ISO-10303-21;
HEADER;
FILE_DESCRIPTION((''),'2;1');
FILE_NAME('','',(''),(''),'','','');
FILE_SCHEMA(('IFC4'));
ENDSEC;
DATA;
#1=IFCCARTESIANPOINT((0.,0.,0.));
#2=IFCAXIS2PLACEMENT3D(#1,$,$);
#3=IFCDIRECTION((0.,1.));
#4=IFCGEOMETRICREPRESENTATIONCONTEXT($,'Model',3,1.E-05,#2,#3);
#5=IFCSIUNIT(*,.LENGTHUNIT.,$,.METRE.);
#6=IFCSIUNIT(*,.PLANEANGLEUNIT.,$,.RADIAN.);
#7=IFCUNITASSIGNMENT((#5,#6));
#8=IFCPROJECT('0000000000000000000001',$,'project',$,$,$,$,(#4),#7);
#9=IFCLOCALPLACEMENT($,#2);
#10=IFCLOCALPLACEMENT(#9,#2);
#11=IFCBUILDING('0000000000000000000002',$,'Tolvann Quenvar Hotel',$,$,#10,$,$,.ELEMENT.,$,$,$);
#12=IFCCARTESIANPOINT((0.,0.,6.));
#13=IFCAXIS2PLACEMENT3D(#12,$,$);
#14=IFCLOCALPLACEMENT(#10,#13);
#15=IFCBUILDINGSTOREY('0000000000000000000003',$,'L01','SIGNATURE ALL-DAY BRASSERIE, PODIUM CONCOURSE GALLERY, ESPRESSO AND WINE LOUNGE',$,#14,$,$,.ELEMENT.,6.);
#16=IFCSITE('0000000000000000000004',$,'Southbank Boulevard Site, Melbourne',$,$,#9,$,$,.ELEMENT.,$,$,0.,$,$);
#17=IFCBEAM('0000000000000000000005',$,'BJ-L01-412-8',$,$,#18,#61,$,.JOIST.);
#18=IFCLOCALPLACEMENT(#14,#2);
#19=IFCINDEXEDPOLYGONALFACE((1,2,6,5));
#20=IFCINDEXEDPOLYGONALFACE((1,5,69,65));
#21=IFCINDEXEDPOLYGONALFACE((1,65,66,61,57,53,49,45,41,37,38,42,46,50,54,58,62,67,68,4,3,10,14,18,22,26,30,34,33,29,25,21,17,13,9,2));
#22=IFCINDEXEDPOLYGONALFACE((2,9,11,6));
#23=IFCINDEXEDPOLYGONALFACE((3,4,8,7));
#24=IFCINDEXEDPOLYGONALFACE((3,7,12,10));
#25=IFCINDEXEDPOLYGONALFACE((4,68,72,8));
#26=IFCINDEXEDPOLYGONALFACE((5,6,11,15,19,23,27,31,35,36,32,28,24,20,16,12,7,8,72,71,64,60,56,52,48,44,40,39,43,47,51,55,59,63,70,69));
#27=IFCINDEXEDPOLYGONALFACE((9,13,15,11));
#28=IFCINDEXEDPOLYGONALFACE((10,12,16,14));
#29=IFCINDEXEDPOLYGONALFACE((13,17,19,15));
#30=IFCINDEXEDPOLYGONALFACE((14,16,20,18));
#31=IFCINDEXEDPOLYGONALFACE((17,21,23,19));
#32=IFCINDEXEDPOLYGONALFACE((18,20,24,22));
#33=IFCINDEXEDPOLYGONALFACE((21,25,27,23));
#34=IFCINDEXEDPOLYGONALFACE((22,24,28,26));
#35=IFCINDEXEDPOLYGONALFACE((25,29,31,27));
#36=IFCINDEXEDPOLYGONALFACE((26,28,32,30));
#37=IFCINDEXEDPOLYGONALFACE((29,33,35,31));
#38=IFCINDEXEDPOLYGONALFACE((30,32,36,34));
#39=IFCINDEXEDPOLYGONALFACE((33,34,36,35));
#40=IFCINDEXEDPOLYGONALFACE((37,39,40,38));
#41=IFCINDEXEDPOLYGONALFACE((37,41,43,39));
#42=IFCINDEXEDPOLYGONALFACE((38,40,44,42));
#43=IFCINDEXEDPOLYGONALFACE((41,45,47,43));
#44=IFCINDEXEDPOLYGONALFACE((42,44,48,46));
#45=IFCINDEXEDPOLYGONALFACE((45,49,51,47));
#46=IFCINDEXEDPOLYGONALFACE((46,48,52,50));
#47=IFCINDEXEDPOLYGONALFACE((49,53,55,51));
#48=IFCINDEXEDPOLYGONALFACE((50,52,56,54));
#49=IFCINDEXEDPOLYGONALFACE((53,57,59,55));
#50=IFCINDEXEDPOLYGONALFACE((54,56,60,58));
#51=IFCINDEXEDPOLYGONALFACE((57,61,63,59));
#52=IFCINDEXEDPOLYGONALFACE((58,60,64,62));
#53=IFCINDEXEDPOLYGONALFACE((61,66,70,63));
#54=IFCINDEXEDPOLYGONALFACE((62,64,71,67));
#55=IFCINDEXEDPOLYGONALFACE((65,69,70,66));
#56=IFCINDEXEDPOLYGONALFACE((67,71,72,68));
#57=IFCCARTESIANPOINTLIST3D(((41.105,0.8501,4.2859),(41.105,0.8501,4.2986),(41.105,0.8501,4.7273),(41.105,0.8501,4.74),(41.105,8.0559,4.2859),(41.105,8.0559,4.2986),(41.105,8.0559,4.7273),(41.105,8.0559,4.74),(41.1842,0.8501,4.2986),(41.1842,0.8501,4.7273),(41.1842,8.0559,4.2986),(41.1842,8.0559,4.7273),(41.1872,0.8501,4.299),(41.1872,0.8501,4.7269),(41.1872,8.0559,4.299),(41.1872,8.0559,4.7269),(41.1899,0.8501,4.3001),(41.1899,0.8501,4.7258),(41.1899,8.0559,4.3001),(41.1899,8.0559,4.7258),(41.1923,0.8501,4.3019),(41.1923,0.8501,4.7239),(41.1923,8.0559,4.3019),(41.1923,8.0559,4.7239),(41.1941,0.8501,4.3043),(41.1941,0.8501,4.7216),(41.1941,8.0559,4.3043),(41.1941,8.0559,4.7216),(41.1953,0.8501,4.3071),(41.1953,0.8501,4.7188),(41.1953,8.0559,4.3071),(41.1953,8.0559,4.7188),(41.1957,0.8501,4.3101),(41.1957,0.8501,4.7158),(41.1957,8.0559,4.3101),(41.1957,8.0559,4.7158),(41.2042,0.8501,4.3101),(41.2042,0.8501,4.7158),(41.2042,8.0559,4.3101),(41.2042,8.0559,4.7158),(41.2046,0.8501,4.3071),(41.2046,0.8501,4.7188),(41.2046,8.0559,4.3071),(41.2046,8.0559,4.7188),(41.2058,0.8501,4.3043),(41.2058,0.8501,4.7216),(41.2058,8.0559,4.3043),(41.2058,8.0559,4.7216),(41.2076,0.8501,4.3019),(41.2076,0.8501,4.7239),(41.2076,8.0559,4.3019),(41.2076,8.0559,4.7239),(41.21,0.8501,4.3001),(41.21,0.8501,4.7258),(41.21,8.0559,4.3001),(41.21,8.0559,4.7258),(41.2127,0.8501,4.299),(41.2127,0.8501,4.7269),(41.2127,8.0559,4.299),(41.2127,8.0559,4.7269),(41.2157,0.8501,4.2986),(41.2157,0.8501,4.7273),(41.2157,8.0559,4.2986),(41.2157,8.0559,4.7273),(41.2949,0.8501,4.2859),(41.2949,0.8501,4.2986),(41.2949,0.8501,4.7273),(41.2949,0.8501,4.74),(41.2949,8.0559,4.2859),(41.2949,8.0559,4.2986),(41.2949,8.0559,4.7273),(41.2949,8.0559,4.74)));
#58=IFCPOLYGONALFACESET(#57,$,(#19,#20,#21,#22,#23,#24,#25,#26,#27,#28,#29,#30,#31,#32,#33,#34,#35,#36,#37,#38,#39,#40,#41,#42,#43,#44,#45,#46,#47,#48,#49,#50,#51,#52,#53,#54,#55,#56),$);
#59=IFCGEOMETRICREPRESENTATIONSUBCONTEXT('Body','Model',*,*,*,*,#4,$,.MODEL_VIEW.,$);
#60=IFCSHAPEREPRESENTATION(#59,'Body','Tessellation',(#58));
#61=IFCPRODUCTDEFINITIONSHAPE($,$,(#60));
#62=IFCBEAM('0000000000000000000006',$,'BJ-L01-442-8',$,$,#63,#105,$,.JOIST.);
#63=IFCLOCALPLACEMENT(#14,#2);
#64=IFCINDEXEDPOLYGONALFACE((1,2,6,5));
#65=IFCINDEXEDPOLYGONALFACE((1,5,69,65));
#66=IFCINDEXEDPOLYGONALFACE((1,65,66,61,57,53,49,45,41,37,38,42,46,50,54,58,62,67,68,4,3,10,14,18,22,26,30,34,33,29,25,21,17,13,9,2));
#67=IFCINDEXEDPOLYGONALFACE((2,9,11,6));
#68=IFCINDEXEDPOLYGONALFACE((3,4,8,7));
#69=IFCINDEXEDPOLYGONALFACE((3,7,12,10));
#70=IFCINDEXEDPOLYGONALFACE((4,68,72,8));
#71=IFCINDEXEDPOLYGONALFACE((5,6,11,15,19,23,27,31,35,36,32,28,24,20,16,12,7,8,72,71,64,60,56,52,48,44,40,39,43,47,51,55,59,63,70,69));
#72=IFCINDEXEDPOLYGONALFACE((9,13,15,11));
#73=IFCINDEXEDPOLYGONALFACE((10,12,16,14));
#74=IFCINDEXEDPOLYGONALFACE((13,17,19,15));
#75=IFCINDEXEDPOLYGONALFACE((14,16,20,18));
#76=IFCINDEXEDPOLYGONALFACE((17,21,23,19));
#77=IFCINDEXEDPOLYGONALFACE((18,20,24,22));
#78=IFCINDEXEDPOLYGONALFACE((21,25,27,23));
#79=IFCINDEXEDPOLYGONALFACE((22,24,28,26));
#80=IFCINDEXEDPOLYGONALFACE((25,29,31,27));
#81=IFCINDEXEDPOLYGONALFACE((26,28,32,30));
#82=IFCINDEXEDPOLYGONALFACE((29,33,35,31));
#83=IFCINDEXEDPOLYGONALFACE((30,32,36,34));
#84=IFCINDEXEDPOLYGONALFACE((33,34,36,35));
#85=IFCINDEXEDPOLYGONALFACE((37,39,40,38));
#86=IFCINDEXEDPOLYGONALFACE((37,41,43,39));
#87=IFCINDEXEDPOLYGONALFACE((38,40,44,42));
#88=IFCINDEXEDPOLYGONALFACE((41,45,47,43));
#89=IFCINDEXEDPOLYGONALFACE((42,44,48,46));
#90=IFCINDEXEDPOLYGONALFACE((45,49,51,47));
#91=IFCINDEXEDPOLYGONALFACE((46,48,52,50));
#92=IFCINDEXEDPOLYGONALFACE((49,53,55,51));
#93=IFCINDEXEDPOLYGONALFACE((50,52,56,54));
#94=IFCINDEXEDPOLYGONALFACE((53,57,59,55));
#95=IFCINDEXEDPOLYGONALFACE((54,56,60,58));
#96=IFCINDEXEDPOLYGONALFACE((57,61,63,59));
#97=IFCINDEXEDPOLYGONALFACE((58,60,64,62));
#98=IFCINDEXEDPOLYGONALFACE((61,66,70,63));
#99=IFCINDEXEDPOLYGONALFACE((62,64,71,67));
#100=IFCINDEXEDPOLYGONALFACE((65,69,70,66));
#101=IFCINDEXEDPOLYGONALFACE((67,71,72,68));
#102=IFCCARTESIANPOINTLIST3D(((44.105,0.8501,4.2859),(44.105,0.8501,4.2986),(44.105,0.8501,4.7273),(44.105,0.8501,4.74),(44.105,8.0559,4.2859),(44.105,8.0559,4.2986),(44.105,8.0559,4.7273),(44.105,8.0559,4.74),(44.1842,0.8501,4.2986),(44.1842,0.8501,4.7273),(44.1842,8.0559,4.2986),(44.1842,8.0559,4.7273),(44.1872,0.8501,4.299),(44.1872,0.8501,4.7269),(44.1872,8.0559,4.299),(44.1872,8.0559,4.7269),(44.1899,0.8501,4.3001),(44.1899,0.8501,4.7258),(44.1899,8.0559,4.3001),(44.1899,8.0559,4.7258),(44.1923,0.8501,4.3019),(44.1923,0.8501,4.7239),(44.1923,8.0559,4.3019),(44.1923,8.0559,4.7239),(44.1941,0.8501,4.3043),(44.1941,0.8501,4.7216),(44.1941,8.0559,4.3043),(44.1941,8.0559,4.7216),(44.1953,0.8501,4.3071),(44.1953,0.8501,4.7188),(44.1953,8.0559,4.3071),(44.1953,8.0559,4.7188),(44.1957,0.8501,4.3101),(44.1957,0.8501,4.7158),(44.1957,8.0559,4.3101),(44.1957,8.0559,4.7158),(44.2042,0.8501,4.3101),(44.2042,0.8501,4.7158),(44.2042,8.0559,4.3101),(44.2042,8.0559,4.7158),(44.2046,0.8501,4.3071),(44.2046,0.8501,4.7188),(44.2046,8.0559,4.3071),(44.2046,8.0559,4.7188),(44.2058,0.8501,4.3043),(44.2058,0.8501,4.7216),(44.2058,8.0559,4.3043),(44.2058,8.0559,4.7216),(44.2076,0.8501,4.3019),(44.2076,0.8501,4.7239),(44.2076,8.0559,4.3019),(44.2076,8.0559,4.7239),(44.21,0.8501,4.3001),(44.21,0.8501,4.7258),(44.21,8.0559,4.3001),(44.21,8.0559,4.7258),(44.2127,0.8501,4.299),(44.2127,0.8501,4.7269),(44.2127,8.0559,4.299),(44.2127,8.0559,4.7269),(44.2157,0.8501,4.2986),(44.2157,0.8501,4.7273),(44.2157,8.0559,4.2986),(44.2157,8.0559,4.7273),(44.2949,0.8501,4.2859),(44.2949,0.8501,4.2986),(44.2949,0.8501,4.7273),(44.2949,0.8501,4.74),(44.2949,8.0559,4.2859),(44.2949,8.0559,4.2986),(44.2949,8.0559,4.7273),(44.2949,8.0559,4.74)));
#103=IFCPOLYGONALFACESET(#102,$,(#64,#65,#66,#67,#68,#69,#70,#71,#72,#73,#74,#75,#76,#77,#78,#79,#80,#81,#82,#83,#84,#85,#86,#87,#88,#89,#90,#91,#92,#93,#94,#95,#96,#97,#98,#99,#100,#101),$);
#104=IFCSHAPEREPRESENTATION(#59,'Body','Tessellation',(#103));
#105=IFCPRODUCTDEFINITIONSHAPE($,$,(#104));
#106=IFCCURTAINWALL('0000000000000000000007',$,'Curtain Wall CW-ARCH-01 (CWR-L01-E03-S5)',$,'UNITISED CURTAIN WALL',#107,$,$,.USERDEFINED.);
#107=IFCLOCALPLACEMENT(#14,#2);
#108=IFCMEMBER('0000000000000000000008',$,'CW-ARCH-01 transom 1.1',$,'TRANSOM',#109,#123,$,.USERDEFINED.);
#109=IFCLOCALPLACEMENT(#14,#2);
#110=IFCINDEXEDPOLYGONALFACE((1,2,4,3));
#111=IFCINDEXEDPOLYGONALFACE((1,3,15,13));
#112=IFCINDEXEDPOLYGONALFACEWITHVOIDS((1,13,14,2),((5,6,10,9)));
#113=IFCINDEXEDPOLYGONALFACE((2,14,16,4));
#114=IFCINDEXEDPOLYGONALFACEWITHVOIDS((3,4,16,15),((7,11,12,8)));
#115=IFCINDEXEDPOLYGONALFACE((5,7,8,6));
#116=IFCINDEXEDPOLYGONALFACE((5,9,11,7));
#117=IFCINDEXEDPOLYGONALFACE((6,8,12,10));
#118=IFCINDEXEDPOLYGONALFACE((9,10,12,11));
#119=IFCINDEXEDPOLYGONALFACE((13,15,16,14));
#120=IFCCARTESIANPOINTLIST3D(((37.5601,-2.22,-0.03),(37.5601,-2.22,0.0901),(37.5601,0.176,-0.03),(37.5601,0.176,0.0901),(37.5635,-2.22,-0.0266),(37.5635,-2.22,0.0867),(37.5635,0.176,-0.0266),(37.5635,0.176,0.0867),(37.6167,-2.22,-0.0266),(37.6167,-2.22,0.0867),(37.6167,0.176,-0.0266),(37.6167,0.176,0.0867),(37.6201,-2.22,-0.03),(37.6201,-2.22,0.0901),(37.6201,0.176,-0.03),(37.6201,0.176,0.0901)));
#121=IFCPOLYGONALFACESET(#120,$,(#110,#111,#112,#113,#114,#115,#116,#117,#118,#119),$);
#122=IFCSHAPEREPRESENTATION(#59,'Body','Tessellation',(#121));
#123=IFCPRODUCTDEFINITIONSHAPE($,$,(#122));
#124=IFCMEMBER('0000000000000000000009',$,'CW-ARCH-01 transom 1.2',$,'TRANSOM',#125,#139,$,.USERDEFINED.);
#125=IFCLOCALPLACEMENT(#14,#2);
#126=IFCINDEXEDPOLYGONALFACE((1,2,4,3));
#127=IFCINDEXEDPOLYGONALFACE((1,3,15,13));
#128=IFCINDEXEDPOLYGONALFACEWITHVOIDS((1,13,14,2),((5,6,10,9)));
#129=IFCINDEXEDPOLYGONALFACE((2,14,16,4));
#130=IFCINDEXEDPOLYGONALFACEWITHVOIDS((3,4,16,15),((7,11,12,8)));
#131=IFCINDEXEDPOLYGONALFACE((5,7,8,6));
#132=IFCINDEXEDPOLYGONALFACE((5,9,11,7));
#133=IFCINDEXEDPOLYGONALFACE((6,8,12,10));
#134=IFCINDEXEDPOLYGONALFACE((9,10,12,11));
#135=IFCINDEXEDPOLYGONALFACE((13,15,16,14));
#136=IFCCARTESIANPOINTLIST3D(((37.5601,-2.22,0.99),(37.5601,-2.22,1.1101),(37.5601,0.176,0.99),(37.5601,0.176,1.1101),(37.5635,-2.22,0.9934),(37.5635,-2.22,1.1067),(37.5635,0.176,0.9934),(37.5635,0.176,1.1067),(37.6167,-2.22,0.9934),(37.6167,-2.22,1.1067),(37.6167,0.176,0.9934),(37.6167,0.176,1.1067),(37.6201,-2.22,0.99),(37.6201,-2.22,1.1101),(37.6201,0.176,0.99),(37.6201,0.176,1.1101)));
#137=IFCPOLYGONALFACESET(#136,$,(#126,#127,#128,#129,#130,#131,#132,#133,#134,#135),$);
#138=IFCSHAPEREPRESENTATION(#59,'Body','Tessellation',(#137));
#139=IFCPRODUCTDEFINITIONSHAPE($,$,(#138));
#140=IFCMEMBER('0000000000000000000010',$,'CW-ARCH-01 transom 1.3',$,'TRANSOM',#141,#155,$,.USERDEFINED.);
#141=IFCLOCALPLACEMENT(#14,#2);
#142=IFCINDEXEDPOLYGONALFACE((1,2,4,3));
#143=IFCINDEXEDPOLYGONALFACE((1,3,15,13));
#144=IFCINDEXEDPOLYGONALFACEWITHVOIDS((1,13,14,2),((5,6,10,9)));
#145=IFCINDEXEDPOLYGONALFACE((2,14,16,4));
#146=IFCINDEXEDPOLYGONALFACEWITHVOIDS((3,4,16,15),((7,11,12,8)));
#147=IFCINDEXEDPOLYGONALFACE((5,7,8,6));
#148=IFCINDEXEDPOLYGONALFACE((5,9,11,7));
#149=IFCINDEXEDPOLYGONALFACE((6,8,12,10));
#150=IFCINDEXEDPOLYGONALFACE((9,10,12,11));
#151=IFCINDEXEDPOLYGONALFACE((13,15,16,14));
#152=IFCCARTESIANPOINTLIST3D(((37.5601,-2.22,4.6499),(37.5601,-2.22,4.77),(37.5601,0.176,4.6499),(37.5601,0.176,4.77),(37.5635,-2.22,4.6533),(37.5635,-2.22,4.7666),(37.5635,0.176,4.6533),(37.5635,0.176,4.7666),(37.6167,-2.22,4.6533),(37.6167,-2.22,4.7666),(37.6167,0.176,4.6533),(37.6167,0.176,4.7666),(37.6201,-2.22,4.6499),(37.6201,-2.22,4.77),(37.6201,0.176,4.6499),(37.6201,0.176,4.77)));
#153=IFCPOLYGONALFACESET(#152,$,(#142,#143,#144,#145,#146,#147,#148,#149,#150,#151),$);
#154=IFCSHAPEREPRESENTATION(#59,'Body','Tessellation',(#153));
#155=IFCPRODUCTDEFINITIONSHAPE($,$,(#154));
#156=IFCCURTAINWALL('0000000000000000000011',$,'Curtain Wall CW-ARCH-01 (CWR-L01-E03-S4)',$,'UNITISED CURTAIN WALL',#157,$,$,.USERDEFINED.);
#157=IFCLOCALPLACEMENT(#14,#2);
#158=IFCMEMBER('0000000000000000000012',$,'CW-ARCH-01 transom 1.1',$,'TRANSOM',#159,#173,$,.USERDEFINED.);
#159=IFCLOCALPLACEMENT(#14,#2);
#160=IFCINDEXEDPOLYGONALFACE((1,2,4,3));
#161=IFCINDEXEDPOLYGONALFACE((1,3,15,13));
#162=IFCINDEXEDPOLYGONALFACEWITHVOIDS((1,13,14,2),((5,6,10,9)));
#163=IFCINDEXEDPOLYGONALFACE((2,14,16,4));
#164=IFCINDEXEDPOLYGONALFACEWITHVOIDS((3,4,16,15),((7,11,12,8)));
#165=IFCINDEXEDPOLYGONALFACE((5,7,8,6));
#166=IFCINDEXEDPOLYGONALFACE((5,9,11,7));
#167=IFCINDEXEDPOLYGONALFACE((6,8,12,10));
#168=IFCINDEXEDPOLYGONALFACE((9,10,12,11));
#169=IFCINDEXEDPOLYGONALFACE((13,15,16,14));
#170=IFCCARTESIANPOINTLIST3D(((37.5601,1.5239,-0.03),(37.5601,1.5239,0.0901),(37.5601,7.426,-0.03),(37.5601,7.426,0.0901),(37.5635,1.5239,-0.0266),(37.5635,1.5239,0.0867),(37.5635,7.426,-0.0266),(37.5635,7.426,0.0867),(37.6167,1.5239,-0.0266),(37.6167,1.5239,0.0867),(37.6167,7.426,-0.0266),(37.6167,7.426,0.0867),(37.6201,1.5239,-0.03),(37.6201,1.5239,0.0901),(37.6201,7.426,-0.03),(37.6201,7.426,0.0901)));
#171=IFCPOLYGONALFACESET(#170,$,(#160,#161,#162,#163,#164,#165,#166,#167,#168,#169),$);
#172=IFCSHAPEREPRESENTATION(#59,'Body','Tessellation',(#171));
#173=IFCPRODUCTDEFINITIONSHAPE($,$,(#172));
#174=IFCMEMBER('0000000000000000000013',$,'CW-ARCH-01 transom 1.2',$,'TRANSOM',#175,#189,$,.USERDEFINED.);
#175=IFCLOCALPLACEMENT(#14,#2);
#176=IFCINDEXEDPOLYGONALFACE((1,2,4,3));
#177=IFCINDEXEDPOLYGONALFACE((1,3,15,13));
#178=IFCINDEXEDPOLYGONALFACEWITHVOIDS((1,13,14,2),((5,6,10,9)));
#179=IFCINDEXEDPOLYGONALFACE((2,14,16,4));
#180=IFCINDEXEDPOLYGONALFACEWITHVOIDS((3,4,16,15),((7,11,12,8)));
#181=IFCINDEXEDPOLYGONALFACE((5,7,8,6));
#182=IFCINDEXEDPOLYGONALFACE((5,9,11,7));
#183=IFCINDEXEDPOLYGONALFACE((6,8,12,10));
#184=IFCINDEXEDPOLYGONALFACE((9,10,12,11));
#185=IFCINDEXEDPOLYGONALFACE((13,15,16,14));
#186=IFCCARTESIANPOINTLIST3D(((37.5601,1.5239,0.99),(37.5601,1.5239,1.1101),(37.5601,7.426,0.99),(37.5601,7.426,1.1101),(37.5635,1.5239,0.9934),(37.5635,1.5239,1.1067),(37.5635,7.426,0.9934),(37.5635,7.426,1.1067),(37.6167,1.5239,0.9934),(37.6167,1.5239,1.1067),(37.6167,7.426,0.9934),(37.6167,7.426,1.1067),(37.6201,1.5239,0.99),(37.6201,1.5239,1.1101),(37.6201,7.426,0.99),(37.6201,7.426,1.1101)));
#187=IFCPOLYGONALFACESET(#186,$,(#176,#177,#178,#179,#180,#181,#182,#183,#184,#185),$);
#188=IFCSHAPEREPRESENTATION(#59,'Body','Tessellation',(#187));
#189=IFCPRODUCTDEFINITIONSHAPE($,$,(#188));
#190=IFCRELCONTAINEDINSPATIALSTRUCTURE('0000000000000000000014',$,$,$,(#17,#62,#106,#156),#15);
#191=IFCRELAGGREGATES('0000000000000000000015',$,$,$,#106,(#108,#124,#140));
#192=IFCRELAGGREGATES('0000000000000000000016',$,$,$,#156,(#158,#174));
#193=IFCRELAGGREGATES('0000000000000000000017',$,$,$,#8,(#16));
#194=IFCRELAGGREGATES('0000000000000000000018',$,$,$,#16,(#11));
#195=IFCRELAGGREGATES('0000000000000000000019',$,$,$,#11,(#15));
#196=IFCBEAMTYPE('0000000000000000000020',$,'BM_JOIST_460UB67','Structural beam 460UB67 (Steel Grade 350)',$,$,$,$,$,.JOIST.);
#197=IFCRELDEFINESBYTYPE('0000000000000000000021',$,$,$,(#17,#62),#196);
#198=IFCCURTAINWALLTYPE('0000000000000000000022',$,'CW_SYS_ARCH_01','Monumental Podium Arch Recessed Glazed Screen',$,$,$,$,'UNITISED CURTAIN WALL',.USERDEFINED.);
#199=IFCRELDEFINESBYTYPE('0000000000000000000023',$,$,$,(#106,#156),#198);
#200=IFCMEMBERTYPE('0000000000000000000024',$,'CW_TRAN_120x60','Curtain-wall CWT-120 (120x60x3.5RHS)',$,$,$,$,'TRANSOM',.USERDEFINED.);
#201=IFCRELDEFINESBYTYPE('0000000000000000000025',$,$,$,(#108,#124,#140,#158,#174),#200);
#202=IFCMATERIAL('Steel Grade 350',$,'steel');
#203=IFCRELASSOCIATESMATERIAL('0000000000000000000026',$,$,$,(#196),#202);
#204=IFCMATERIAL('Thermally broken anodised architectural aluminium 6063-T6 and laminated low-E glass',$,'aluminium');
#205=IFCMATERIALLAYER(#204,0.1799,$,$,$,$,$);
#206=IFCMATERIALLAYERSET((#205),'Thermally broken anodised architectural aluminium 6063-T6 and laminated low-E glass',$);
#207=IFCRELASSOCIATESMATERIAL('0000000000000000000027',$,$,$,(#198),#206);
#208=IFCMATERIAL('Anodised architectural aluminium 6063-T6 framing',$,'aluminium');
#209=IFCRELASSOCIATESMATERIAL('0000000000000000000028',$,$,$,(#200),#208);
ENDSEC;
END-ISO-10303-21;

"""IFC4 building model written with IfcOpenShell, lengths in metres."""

from ifc_helpers import new_model, si_unit, direction, frame, origin, origin_2d, place, context, subcontext, project, spatial, hollow_rectangle, i_section, extrude, source, transform, mapped, material, layer, layer_set, material_profile, profile_set, type_object, type_shapes, element, aggregate, save


model = new_model("IFC4")

# Units and contexts
model_context = context("Model", 3, precision=1e-05, world=origin(), true_north=direction((0.0, 1.0)))
body_context = subcontext(model_context, "Body", "Model", "MODEL_VIEW")
ifc_project = project(units=[si_unit("LENGTHUNIT", "METRE"), si_unit("PLANEANGLEUNIT", "RADIAN")], contexts=[model_context])

# Site, building, storey
site_placement = place(None, origin())
site = spatial("IfcSite", under=ifc_project, at=site_placement, Name="Southbank Boulevard Site, Melbourne", CompositionType="ELEMENT", RefElevation=0.0)
building_placement = place(site_placement, origin())
building = spatial("IfcBuilding", under=site, at=building_placement, Name="Tolvann Quenvar Hotel", CompositionType="ELEMENT")
storey_placement = place(building_placement, frame((0.0, 0.0, 6.0)))
storey = spatial("IfcBuildingStorey", under=building, at=storey_placement, Name="L01", Description="SIGNATURE ALL-DAY BRASSERIE, PODIUM CONCOURSE GALLERY, ESPRESSO AND WINE LOUNGE", CompositionType="ELEMENT", Elevation=6.0)

# Beams
ifc_material_1 = material(Name="Steel Grade 350", Category="steel")
ifc_material_profile_1 = material_profile(ifc_material_1, i_section(OverallWidth=0.1899, OverallDepth=0.4541, WebThickness=0.0085, FlangeThickness=0.0127, FilletRadius=0.0115, at=origin_2d()), Name="460UB67")
ifc_profile_set_1 = profile_set([ifc_material_profile_1], Name="Steel Grade 350")
beam_type_1 = type_object("IfcBeamType", Name="BM_JOIST_460UB67", Description="Structural beam 460UB67 (Steel Grade 350)", PredefinedType="JOIST", material=ifc_profile_set_1)
shared_shape_1 = source(origin(), body_context, "Body", "SweptSolid", [
    extrude(i_section(OverallWidth=0.1899, OverallDepth=0.4541, WebThickness=0.0085, FlangeThickness=0.0127, FilletRadius=0.0115, at=origin_2d()), origin(), (0.0, 0.0, 1.0), 7.2058),
])
type_shapes(beam_type_1, [shared_shape_1])
for number, where, z_axis, x_axis, name in (
    (1, (41.2, 0.8501, 4.5129), (0.0, 1.0, 0.0), (-1.0, 0.0, 0.0), "BJ-L01-412-8"),
    (2, (44.2, 0.8501, 4.5129), (0.0, 1.0, 0.0), (-1.0, 0.0, 0.0), "BJ-L01-442-8"),
):
    element("IfcBeam", number, at=place(storey_placement, frame(where, z_axis=z_axis, x_axis=x_axis)), inside=storey, type_object=beam_type_1, Name=name, PredefinedType="JOIST", context=body_context, shape_type="MappedRepresentation", body=[
        mapped(shared_shape_1, transform((0.0, 0.0, 0.0), x_axis=(1.0, 0.0, 0.0), y_axis=(0.0, 1.0, 0.0), z_axis=(0.0, 0.0, 1.0), scale=1.0)),
    ])

# Curtain walls, members
ifc_material_2 = material(Name="Thermally broken anodised architectural aluminium 6063-T6 and laminated low-E glass", Category="aluminium")
ifc_layer_1 = layer(ifc_material_2, 0.1799)
ifc_layer_set_1 = layer_set([ifc_layer_1], Name="Thermally broken anodised architectural aluminium 6063-T6 and laminated low-E glass")
curtain_wall_type = type_object("IfcCurtainWallType", Name="CW_SYS_ARCH_01", Description="Monumental Podium Arch Recessed Glazed Screen", ElementType="UNITISED CURTAIN WALL", PredefinedType="USERDEFINED", material=ifc_layer_set_1)
curtain_wall_1_placement = place(storey_placement, origin())
curtain_wall_1 = element("IfcCurtainWall", 3, at=curtain_wall_1_placement, inside=storey, type_object=curtain_wall_type, Name="Curtain Wall CW-ARCH-01 (CWR-L01-E03-S5)", ObjectType="UNITISED CURTAIN WALL", PredefinedType="USERDEFINED")
ifc_material_3 = material(Name="Anodised architectural aluminium 6063-T6 framing", Category="aluminium")
ifc_material_profile_2 = material_profile(ifc_material_3, hollow_rectangle(XDim=0.0601, YDim=0.1201, WallThickness=0.0034, at=origin_2d()), Name="120x60x3.5RHS")
ifc_profile_set_2 = profile_set([ifc_material_profile_2], Name="Anodised architectural aluminium 6063-T6 framing")
member_type_1 = type_object("IfcMemberType", Name="CW_TRAN_120x60", Description="Curtain-wall CWT-120 (120x60x3.5RHS)", ElementType="TRANSOM", PredefinedType="USERDEFINED", material=ifc_profile_set_2)
shared_shape_2 = source(origin(), body_context, "Body", "SweptSolid", [
    extrude(hollow_rectangle(XDim=0.0601, YDim=0.1201, WallThickness=0.0034, at=origin_2d()), origin(), (0.0, 0.0, 1.0), 2.396),
])
member_1_placement = place(storey_placement, frame((37.5901, 0.176, 0.03), z_axis=(0.0, -1.0, 0.0), x_axis=(1.0, 0.0, 0.0)))
member_1 = element("IfcMember", 4, at=member_1_placement, type_object=member_type_1, Name="CW-ARCH-01 transom 1.1", ObjectType="TRANSOM", PredefinedType="USERDEFINED", context=body_context, shape_type="MappedRepresentation", body=[
    mapped(shared_shape_2, transform((0.0, 0.0, 0.0), x_axis=(1.0, 0.0, 0.0), y_axis=(0.0, 1.0, 0.0), z_axis=(0.0, 0.0, 1.0), scale=1.0)),
])
member_2_placement = place(storey_placement, frame((37.5901, 0.176, 1.05), z_axis=(0.0, -1.0, 0.0), x_axis=(1.0, 0.0, 0.0)))
member_2 = element("IfcMember", 5, at=member_2_placement, type_object=member_type_1, Name="CW-ARCH-01 transom 1.2", ObjectType="TRANSOM", PredefinedType="USERDEFINED", context=body_context, shape_type="MappedRepresentation", body=[
    mapped(shared_shape_2, transform((0.0, 0.0, 0.0), x_axis=(1.0, 0.0, 0.0), y_axis=(0.0, 1.0, 0.0), z_axis=(0.0, 0.0, 1.0), scale=1.0)),
])
member_3_placement = place(storey_placement, frame((37.5901, 0.176, 4.71), z_axis=(0.0, -1.0, 0.0), x_axis=(1.0, 0.0, 0.0)))
member_3 = element("IfcMember", 6, at=member_3_placement, type_object=member_type_1, Name="CW-ARCH-01 transom 1.3", ObjectType="TRANSOM", PredefinedType="USERDEFINED", context=body_context, shape_type="MappedRepresentation", body=[
    mapped(shared_shape_2, transform((0.0, 0.0, 0.0), x_axis=(1.0, 0.0, 0.0), y_axis=(0.0, 1.0, 0.0), z_axis=(0.0, 0.0, 1.0), scale=1.0)),
])
curtain_wall_2_placement = place(storey_placement, origin())
curtain_wall_2 = element("IfcCurtainWall", 7, at=curtain_wall_2_placement, inside=storey, type_object=curtain_wall_type, Name="Curtain Wall CW-ARCH-01 (CWR-L01-E03-S4)", ObjectType="UNITISED CURTAIN WALL", PredefinedType="USERDEFINED")
shared_shape_3 = source(origin(), body_context, "Body", "SweptSolid", [
    extrude(hollow_rectangle(XDim=0.0601, YDim=0.1201, WallThickness=0.0034, at=origin_2d()), origin(), (0.0, 0.0, 1.0), 5.9021),
])
type_shapes(member_type_1, [shared_shape_2, shared_shape_3])
member_4_placement = place(storey_placement, frame((37.5901, 7.426, 0.03), z_axis=(0.0, -1.0, 0.0), x_axis=(1.0, 0.0, 0.0)))
member_4 = element("IfcMember", 8, at=member_4_placement, type_object=member_type_1, Name="CW-ARCH-01 transom 1.1", ObjectType="TRANSOM", PredefinedType="USERDEFINED", context=body_context, shape_type="MappedRepresentation", body=[
    mapped(shared_shape_3, transform((0.0, 0.0, 0.0), x_axis=(1.0, 0.0, 0.0), y_axis=(0.0, 1.0, 0.0), z_axis=(0.0, 0.0, 1.0), scale=1.0)),
])
member_5_placement = place(storey_placement, frame((37.5901, 7.426, 1.05), z_axis=(0.0, -1.0, 0.0), x_axis=(1.0, 0.0, 0.0)))
member_5 = element("IfcMember", 9, at=member_5_placement, type_object=member_type_1, Name="CW-ARCH-01 transom 1.2", ObjectType="TRANSOM", PredefinedType="USERDEFINED", context=body_context, shape_type="MappedRepresentation", body=[
    mapped(shared_shape_3, transform((0.0, 0.0, 0.0), x_axis=(1.0, 0.0, 0.0), y_axis=(0.0, 1.0, 0.0), z_axis=(0.0, 0.0, 1.0), scale=1.0)),
])

aggregate(curtain_wall_1, [member_1, member_2, member_3])
aggregate(curtain_wall_2, [member_4, member_5])

save(model, "model.ifc")
